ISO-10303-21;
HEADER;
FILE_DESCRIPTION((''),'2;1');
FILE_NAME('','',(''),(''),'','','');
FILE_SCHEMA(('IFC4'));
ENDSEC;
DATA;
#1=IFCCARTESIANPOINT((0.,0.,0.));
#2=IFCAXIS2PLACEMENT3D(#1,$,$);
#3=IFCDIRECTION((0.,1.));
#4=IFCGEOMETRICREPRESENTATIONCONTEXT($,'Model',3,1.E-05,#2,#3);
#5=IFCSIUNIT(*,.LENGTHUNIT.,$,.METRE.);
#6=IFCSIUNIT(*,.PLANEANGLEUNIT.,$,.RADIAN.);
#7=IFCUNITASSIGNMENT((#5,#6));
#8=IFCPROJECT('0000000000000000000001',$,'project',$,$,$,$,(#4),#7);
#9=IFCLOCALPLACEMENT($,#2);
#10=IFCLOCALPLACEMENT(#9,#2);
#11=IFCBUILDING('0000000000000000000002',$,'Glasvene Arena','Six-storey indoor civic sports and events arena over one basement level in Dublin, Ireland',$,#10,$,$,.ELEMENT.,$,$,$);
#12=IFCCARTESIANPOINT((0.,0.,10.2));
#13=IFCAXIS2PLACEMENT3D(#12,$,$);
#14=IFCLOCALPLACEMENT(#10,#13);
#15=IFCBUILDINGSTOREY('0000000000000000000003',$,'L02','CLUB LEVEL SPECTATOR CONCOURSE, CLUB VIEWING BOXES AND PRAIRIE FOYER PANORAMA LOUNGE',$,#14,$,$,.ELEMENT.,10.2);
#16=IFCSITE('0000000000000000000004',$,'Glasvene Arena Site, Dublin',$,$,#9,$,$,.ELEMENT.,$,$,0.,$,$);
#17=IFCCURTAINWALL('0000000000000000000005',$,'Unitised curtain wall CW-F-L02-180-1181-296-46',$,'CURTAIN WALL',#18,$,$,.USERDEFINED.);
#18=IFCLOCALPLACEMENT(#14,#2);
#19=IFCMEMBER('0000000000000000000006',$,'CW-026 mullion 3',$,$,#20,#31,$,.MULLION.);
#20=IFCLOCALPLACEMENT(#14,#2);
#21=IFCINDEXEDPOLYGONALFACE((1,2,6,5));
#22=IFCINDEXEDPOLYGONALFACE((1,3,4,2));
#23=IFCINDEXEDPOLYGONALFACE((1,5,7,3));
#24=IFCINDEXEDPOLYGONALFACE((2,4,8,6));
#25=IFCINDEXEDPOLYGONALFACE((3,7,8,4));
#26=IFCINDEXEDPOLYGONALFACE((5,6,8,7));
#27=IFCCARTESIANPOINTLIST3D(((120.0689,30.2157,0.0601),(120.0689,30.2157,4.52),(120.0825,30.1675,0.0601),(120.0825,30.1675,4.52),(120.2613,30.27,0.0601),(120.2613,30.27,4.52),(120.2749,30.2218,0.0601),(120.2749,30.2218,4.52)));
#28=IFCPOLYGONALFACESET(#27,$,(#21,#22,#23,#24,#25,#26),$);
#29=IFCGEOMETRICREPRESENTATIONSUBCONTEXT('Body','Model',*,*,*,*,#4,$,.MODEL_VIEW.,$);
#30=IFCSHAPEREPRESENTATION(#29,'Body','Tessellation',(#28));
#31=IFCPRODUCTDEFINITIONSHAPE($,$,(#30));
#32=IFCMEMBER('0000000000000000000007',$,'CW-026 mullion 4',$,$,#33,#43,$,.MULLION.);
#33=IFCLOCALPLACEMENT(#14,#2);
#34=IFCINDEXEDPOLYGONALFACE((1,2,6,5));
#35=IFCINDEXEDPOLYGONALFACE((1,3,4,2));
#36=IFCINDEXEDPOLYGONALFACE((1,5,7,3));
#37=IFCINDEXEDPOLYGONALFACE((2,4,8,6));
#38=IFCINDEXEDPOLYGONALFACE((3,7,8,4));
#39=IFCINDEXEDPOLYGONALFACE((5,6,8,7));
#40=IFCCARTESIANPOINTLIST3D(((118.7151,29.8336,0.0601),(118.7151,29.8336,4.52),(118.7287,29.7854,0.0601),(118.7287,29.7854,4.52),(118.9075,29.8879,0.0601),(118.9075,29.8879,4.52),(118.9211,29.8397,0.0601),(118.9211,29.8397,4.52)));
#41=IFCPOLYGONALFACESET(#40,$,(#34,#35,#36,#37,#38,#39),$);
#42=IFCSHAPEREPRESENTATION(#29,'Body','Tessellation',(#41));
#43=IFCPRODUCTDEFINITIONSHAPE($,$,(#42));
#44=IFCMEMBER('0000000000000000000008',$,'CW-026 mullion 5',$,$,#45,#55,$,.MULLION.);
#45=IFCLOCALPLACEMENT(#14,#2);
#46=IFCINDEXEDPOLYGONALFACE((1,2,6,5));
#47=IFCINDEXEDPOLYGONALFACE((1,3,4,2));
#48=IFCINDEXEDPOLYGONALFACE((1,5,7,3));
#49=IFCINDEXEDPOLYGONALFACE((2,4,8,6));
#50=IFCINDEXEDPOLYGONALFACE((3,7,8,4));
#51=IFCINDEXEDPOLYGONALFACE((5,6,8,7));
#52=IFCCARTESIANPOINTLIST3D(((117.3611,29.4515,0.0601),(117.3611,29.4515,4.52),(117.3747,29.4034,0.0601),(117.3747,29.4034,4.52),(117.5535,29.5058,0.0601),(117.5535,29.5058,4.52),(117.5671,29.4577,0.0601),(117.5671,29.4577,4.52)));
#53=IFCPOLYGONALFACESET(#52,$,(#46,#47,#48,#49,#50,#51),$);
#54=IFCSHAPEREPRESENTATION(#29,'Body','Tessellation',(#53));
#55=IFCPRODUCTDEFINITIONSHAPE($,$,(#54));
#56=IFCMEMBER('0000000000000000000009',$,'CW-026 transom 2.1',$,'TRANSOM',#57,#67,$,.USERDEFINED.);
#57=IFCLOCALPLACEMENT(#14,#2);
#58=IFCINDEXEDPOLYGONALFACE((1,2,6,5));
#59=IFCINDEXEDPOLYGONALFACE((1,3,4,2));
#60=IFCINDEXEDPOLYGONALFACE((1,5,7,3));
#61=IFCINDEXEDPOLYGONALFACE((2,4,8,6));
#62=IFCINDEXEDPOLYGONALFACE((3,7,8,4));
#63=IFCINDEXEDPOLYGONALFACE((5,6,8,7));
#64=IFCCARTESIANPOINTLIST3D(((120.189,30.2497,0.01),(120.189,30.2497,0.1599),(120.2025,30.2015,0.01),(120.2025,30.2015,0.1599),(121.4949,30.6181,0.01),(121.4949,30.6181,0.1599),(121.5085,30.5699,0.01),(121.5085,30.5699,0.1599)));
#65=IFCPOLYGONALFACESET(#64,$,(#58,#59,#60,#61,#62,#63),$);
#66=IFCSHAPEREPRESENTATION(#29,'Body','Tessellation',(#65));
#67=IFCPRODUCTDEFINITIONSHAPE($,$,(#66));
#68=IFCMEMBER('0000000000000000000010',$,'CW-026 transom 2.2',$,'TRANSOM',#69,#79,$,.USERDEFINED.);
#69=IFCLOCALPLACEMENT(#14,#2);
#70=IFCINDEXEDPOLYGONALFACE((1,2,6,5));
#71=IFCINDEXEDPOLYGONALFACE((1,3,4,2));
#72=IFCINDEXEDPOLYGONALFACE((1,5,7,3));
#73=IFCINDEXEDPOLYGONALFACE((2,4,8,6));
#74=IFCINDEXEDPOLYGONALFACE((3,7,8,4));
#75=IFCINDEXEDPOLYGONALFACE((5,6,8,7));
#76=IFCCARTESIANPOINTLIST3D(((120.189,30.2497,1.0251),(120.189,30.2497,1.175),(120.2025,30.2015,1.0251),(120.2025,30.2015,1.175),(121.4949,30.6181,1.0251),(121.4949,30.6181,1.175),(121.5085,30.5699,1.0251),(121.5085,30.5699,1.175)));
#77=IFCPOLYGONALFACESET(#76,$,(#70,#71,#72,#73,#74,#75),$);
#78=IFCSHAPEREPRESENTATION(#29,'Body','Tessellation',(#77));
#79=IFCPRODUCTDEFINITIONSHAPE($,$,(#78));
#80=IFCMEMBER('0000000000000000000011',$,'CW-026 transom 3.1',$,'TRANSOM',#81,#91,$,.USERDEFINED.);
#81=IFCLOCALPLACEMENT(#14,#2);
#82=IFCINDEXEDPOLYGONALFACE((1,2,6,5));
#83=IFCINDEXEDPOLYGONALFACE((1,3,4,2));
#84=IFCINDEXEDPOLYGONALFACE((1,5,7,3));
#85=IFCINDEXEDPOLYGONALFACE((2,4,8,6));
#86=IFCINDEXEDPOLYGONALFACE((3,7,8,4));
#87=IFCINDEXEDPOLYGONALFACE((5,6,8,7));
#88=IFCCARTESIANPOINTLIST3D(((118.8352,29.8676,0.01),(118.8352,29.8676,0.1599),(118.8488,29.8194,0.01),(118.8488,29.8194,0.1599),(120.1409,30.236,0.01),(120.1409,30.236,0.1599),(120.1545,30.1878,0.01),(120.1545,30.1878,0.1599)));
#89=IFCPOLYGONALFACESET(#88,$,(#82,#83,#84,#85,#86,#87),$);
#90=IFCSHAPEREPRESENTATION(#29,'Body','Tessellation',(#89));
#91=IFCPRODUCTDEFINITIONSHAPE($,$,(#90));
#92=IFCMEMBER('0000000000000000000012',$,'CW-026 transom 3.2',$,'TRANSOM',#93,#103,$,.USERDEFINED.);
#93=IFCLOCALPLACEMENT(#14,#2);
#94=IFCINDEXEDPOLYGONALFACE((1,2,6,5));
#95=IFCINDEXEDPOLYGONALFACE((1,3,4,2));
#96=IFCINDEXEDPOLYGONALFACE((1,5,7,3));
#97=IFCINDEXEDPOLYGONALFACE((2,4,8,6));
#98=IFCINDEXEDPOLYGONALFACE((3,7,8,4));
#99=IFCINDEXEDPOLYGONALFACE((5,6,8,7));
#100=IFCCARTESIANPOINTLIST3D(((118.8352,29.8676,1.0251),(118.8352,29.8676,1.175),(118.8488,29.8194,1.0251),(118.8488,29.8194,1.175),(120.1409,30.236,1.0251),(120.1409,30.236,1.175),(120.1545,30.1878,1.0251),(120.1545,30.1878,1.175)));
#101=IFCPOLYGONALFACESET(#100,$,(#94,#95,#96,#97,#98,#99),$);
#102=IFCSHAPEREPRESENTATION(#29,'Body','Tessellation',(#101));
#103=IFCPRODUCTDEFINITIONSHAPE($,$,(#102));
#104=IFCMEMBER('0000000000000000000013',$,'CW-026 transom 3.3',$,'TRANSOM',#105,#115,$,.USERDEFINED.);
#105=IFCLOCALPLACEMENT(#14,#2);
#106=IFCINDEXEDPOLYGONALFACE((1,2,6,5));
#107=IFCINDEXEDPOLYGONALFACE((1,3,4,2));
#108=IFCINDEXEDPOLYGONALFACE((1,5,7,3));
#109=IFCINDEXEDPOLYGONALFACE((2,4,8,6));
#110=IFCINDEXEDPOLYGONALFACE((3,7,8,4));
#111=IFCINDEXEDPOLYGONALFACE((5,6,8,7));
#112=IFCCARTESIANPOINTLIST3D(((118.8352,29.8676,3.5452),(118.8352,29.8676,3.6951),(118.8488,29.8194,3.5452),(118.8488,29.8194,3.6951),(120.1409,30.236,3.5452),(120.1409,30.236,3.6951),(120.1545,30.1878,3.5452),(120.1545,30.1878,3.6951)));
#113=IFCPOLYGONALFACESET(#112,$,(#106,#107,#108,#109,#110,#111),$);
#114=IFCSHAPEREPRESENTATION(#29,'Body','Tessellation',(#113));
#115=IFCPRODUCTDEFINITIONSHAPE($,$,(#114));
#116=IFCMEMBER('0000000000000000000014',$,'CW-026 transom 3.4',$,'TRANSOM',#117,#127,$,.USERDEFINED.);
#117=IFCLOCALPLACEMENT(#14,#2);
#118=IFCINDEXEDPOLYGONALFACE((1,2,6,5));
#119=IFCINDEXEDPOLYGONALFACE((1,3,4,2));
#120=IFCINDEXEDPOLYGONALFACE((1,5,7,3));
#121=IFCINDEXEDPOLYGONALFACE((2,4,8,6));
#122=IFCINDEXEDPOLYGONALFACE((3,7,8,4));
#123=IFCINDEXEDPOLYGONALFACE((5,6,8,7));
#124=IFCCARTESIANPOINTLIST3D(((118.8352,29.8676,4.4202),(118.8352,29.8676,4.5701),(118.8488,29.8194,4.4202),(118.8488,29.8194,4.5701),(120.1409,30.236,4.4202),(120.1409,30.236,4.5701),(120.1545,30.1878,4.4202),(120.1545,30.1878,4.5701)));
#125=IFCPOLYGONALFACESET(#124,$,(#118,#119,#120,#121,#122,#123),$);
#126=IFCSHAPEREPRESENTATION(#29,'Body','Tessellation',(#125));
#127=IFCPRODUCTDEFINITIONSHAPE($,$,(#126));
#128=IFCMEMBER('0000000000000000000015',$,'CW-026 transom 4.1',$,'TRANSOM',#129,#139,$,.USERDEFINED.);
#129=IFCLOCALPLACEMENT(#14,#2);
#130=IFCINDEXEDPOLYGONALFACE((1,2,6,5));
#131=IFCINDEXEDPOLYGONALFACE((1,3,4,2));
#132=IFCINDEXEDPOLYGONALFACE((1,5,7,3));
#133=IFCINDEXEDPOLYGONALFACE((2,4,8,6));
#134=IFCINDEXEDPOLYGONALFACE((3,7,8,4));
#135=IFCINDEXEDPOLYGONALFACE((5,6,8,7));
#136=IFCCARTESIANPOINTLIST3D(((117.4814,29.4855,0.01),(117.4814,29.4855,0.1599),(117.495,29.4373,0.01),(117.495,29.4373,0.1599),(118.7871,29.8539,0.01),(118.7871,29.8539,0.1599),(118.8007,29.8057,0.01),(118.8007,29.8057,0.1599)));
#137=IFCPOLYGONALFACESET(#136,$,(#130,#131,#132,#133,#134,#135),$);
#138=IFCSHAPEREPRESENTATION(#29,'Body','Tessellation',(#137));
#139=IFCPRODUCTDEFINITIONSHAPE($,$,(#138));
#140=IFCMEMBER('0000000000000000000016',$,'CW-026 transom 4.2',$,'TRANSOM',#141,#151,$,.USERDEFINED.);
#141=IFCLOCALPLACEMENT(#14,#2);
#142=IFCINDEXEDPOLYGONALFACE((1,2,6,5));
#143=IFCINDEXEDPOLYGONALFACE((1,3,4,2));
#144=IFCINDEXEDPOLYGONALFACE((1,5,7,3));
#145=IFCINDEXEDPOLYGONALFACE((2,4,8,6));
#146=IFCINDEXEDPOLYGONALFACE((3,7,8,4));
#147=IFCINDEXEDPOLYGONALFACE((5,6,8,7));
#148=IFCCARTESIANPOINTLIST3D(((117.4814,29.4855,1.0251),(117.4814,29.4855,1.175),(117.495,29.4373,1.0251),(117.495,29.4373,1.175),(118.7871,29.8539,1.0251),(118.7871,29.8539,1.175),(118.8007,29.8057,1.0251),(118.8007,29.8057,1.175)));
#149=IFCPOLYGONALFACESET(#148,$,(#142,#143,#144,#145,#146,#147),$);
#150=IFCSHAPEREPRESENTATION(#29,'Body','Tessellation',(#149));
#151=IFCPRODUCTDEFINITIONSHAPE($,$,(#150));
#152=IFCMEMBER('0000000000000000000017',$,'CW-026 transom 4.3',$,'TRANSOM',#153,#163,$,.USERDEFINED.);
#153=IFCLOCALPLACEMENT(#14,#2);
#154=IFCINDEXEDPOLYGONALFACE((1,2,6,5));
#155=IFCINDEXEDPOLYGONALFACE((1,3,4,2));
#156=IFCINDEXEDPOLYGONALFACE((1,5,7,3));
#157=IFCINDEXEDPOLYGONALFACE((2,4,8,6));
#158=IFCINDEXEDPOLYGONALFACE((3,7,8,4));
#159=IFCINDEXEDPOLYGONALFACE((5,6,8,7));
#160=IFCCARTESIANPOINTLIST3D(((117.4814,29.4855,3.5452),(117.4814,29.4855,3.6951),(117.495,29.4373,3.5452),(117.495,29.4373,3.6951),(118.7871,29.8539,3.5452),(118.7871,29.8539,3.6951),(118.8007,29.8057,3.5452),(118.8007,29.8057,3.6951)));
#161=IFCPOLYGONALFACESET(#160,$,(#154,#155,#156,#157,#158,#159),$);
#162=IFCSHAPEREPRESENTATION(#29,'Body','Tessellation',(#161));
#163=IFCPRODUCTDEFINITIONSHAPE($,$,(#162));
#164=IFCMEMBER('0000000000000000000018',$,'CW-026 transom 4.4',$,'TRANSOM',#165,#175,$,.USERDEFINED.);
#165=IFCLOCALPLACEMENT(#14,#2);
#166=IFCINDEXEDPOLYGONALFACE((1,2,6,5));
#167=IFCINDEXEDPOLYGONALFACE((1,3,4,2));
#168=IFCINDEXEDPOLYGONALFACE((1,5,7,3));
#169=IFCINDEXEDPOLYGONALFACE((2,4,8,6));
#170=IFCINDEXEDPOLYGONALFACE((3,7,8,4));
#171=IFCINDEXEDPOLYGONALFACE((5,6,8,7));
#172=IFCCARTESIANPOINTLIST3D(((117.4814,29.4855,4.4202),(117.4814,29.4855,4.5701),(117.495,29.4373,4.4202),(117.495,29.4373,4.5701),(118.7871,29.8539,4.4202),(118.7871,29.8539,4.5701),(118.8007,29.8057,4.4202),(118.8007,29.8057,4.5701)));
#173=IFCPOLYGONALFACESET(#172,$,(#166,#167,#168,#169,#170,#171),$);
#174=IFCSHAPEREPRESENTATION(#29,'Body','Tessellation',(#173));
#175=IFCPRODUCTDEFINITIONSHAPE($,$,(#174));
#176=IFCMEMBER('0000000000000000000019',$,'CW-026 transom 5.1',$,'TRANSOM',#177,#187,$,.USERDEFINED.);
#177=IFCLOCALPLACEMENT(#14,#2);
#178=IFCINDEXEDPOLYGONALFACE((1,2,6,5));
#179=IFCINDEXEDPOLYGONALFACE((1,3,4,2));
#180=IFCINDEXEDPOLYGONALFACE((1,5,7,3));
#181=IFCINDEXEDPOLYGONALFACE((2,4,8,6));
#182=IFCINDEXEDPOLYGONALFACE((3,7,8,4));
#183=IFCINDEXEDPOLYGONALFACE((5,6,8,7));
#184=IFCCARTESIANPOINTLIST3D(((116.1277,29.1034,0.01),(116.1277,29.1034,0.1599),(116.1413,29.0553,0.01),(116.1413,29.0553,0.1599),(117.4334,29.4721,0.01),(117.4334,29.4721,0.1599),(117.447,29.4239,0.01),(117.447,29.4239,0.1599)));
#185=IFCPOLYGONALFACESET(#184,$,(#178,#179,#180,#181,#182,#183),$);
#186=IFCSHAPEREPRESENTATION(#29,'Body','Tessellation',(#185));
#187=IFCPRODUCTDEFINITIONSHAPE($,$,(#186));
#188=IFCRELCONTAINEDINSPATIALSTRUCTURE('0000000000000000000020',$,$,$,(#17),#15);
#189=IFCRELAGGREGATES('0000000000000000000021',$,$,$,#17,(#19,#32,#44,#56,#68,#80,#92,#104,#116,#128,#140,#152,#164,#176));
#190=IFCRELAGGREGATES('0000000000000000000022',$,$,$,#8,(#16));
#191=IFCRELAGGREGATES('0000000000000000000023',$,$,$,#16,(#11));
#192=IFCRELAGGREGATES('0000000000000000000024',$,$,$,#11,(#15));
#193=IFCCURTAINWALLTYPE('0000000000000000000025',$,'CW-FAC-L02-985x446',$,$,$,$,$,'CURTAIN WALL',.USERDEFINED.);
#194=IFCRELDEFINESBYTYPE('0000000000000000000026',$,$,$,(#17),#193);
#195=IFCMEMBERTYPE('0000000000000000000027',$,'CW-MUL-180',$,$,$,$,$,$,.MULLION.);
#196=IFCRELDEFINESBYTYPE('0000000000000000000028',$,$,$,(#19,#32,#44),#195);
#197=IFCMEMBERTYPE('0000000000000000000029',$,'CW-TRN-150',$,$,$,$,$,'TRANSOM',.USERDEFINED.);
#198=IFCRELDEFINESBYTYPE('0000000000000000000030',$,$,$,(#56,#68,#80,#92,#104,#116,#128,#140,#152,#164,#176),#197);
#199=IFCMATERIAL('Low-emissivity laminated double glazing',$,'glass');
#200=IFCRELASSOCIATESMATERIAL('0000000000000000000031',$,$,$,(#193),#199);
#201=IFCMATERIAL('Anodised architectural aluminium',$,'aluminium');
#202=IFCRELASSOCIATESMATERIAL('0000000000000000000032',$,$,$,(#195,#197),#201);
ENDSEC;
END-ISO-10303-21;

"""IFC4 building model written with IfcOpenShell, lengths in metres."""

from ifc_helpers import new_model, si_unit, direction, frame, origin, origin_2d, place, context, subcontext, project, spatial, rectangle, extrude, material, material_profile, profile_set, type_object, element, aggregate, save


model = new_model("IFC4")

# Units and contexts
model_context = context("Model", 3, precision=1e-05, world=origin(), true_north=direction((0.0, 1.0)))
body_context = subcontext(model_context, "Body", "Model", "MODEL_VIEW")
ifc_project = project(units=[si_unit("LENGTHUNIT", "METRE"), si_unit("PLANEANGLEUNIT", "RADIAN")], contexts=[model_context])

# Site, building, storey
site_placement = place(None, origin())
site = spatial("IfcSite", under=ifc_project, at=site_placement, Name="Glasvene Arena Site, Dublin", CompositionType="ELEMENT", RefElevation=0.0)
building_placement = place(site_placement, origin())
building = spatial("IfcBuilding", under=site, at=building_placement, Name="Glasvene Arena", Description="Six-storey indoor civic sports and events arena over one basement level in Dublin, Ireland", CompositionType="ELEMENT")
storey_placement = place(building_placement, frame((0.0, 0.0, 10.2)))
storey = spatial("IfcBuildingStorey", under=building, at=storey_placement, Name="L02", Description="CLUB LEVEL SPECTATOR CONCOURSE, CLUB VIEWING BOXES AND PRAIRIE FOYER PANORAMA LOUNGE", CompositionType="ELEMENT", Elevation=10.2)

# Curtain wall, members
ifc_material_1 = material(Name="Low-emissivity laminated double glazing", Category="glass")
curtain_wall_type = type_object("IfcCurtainWallType", Name="CW-FAC-L02-985x446", ElementType="CURTAIN WALL", PredefinedType="USERDEFINED", material=ifc_material_1)
curtain_wall_placement = place(storey_placement, frame((122.8794, 30.9829, 0.0)))
curtain_wall = element("IfcCurtainWall", 1, at=curtain_wall_placement, inside=storey, type_object=curtain_wall_type, Name="Unitised curtain wall CW-F-L02-180-1181-296-46", ObjectType="CURTAIN WALL", PredefinedType="USERDEFINED")
ifc_material_2 = material(Name="Anodised architectural aluminium", Category="aluminium")
ifc_material_profile_1 = material_profile(ifc_material_2, rectangle(XDim=0.05, YDim=0.2, at=origin_2d()), Name="ALU MULLION 50x200")
ifc_profile_set_1 = profile_set([ifc_material_profile_1], Name="Anodised architectural aluminium")
member_type_1 = type_object("IfcMemberType", Name="CW-MUL-180", PredefinedType="MULLION", material=ifc_profile_set_1)
member_1_placement = place(storey_placement, frame((120.1719, 30.2188, 0.0601), z_axis=(0.0, 0.0, 1.0), x_axis=(0.271597, -0.962411, 0.0)))
member_1 = element("IfcMember", 2, at=member_1_placement, type_object=member_type_1, Name="CW-026 mullion 3", PredefinedType="MULLION", context=body_context, shape_type="SweptSolid", body=[
    extrude(rectangle(XDim=0.05, YDim=0.2, at=origin_2d()), origin(), (0.0, 0.0, 1.0), 4.46),
])
member_2_placement = place(storey_placement, frame((118.8181, 29.8367, 0.0601), z_axis=(0.0, 0.0, 1.0), x_axis=(0.271597, -0.962411, 0.0)))
member_2 = element("IfcMember", 3, at=member_2_placement, type_object=member_type_1, Name="CW-026 mullion 4", PredefinedType="MULLION", context=body_context, shape_type="SweptSolid", body=[
    extrude(rectangle(XDim=0.05, YDim=0.2, at=origin_2d()), origin(), (0.0, 0.0, 1.0), 4.46),
])
member_3_placement = place(storey_placement, frame((117.4641, 29.4546, 0.0601), z_axis=(0.0, 0.0, 1.0), x_axis=(0.271597, -0.962411, 0.0)))
member_3 = element("IfcMember", 4, at=member_3_placement, type_object=member_type_1, Name="CW-026 mullion 5", PredefinedType="MULLION", context=body_context, shape_type="SweptSolid", body=[
    extrude(rectangle(XDim=0.05, YDim=0.2, at=origin_2d()), origin(), (0.0, 0.0, 1.0), 4.46),
])
ifc_material_profile_2 = material_profile(ifc_material_2, rectangle(XDim=0.05, YDim=0.1499, at=origin_2d()), Name="ALU TRANSOM 50x150")
ifc_profile_set_2 = profile_set([ifc_material_profile_2], Name="Anodised architectural aluminium")
member_type_2 = type_object("IfcMemberType", Name="CW-TRN-150", ElementType="TRANSOM", PredefinedType="USERDEFINED", material=ifc_profile_set_2)
member_4_placement = place(storey_placement, frame((121.5017, 30.594, 0.085), z_axis=(-0.962435, -0.271511, 0.0), x_axis=(0.271511, -0.962435, 0.0)))
member_4 = element("IfcMember", 5, at=member_4_placement, type_object=member_type_2, Name="CW-026 transom 2.1", ObjectType="TRANSOM", PredefinedType="USERDEFINED", context=body_context, shape_type="SweptSolid", body=[
    extrude(rectangle(XDim=0.05, YDim=0.1499, at=origin_2d()), origin(), (0.0, 0.0, 1.0), 1.3569),
])
member_5_placement = place(storey_placement, frame((121.5017, 30.594, 1.1001), z_axis=(-0.962435, -0.271511, 0.0), x_axis=(0.271511, -0.962435, 0.0)))
member_5 = element("IfcMember", 6, at=member_5_placement, type_object=member_type_2, Name="CW-026 transom 2.2", ObjectType="TRANSOM", PredefinedType="USERDEFINED", context=body_context, shape_type="SweptSolid", body=[
    extrude(rectangle(XDim=0.05, YDim=0.1499, at=origin_2d()), origin(), (0.0, 0.0, 1.0), 1.3569),
])
member_6_placement = place(storey_placement, frame((120.1477, 30.2119, 0.085), z_axis=(-0.962422, -0.271558, 0.0), x_axis=(0.271558, -0.962422, 0.0)))
member_6 = element("IfcMember", 7, at=member_6_placement, type_object=member_type_2, Name="CW-026 transom 3.1", ObjectType="TRANSOM", PredefinedType="USERDEFINED", context=body_context, shape_type="SweptSolid", body=[
    extrude(rectangle(XDim=0.05, YDim=0.1499, at=origin_2d()), origin(), (0.0, 0.0, 1.0), 1.3567),
])
member_7_placement = place(storey_placement, frame((120.1477, 30.2119, 1.1001), z_axis=(-0.962422, -0.271558, 0.0), x_axis=(0.271558, -0.962422, 0.0)))
member_7 = element("IfcMember", 8, at=member_7_placement, type_object=member_type_2, Name="CW-026 transom 3.2", ObjectType="TRANSOM", PredefinedType="USERDEFINED", context=body_context, shape_type="SweptSolid", body=[
    extrude(rectangle(XDim=0.05, YDim=0.1499, at=origin_2d()), origin(), (0.0, 0.0, 1.0), 1.3567),
])
member_8_placement = place(storey_placement, frame((120.1477, 30.2119, 3.6201), z_axis=(-0.962422, -0.271558, 0.0), x_axis=(0.271558, -0.962422, 0.0)))
member_8 = element("IfcMember", 9, at=member_8_placement, type_object=member_type_2, Name="CW-026 transom 3.3", ObjectType="TRANSOM", PredefinedType="USERDEFINED", context=body_context, shape_type="SweptSolid", body=[
    extrude(rectangle(XDim=0.05, YDim=0.1499, at=origin_2d()), origin(), (0.0, 0.0, 1.0), 1.3567),
])
member_9_placement = place(storey_placement, frame((120.1477, 30.2119, 4.4951), z_axis=(-0.962422, -0.271558, 0.0), x_axis=(0.271558, -0.962422, 0.0)))
member_9 = element("IfcMember", 10, at=member_9_placement, type_object=member_type_2, Name="CW-026 transom 3.4", ObjectType="TRANSOM", PredefinedType="USERDEFINED", context=body_context, shape_type="SweptSolid", body=[
    extrude(rectangle(XDim=0.05, YDim=0.1499, at=origin_2d()), origin(), (0.0, 0.0, 1.0), 1.3567),
])
member_10_placement = place(storey_placement, frame((118.7939, 29.8298, 0.085), z_axis=(-0.962422, -0.271558, 0.0), x_axis=(0.271558, -0.962422, 0.0)))
member_10 = element("IfcMember", 11, at=member_10_placement, type_object=member_type_2, Name="CW-026 transom 4.1", ObjectType="TRANSOM", PredefinedType="USERDEFINED", context=body_context, shape_type="SweptSolid", body=[
    extrude(rectangle(XDim=0.05, YDim=0.1499, at=origin_2d()), origin(), (0.0, 0.0, 1.0), 1.3567),
])
member_11_placement = place(storey_placement, frame((118.7939, 29.8298, 1.1001), z_axis=(-0.962422, -0.271558, 0.0), x_axis=(0.271558, -0.962422, 0.0)))
member_11 = element("IfcMember", 12, at=member_11_placement, type_object=member_type_2, Name="CW-026 transom 4.2", ObjectType="TRANSOM", PredefinedType="USERDEFINED", context=body_context, shape_type="SweptSolid", body=[
    extrude(rectangle(XDim=0.05, YDim=0.1499, at=origin_2d()), origin(), (0.0, 0.0, 1.0), 1.3567),
])
member_12_placement = place(storey_placement, frame((118.7939, 29.8298, 3.6201), z_axis=(-0.962422, -0.271558, 0.0), x_axis=(0.271558, -0.962422, 0.0)))
member_12 = element("IfcMember", 13, at=member_12_placement, type_object=member_type_2, Name="CW-026 transom 4.3", ObjectType="TRANSOM", PredefinedType="USERDEFINED", context=body_context, shape_type="SweptSolid", body=[
    extrude(rectangle(XDim=0.05, YDim=0.1499, at=origin_2d()), origin(), (0.0, 0.0, 1.0), 1.3567),
])
member_13_placement = place(storey_placement, frame((118.7939, 29.8298, 4.4951), z_axis=(-0.962422, -0.271558, 0.0), x_axis=(0.271558, -0.962422, 0.0)))
member_13 = element("IfcMember", 14, at=member_13_placement, type_object=member_type_2, Name="CW-026 transom 4.4", ObjectType="TRANSOM", PredefinedType="USERDEFINED", context=body_context, shape_type="SweptSolid", body=[
    extrude(rectangle(XDim=0.05, YDim=0.1499, at=origin_2d()), origin(), (0.0, 0.0, 1.0), 1.3567),
])
member_14_placement = place(storey_placement, frame((117.4402, 29.448, 0.085), z_axis=(-0.962375, -0.271725, 0.0), x_axis=(0.271725, -0.962375, 0.0)))
member_14 = element("IfcMember", 15, at=member_14_placement, type_object=member_type_2, Name="CW-026 transom 5.1", ObjectType="TRANSOM", PredefinedType="USERDEFINED", context=body_context, shape_type="SweptSolid", body=[
    extrude(rectangle(XDim=0.05, YDim=0.1499, at=origin_2d()), origin(), (0.0, 0.0, 1.0), 1.3567),
])
aggregate(curtain_wall, [member_1, member_2, member_3, member_4, member_5, member_6, member_7, member_8, member_9, member_10, member_11, member_12, member_13, member_14])

save(model, "model.ifc")
